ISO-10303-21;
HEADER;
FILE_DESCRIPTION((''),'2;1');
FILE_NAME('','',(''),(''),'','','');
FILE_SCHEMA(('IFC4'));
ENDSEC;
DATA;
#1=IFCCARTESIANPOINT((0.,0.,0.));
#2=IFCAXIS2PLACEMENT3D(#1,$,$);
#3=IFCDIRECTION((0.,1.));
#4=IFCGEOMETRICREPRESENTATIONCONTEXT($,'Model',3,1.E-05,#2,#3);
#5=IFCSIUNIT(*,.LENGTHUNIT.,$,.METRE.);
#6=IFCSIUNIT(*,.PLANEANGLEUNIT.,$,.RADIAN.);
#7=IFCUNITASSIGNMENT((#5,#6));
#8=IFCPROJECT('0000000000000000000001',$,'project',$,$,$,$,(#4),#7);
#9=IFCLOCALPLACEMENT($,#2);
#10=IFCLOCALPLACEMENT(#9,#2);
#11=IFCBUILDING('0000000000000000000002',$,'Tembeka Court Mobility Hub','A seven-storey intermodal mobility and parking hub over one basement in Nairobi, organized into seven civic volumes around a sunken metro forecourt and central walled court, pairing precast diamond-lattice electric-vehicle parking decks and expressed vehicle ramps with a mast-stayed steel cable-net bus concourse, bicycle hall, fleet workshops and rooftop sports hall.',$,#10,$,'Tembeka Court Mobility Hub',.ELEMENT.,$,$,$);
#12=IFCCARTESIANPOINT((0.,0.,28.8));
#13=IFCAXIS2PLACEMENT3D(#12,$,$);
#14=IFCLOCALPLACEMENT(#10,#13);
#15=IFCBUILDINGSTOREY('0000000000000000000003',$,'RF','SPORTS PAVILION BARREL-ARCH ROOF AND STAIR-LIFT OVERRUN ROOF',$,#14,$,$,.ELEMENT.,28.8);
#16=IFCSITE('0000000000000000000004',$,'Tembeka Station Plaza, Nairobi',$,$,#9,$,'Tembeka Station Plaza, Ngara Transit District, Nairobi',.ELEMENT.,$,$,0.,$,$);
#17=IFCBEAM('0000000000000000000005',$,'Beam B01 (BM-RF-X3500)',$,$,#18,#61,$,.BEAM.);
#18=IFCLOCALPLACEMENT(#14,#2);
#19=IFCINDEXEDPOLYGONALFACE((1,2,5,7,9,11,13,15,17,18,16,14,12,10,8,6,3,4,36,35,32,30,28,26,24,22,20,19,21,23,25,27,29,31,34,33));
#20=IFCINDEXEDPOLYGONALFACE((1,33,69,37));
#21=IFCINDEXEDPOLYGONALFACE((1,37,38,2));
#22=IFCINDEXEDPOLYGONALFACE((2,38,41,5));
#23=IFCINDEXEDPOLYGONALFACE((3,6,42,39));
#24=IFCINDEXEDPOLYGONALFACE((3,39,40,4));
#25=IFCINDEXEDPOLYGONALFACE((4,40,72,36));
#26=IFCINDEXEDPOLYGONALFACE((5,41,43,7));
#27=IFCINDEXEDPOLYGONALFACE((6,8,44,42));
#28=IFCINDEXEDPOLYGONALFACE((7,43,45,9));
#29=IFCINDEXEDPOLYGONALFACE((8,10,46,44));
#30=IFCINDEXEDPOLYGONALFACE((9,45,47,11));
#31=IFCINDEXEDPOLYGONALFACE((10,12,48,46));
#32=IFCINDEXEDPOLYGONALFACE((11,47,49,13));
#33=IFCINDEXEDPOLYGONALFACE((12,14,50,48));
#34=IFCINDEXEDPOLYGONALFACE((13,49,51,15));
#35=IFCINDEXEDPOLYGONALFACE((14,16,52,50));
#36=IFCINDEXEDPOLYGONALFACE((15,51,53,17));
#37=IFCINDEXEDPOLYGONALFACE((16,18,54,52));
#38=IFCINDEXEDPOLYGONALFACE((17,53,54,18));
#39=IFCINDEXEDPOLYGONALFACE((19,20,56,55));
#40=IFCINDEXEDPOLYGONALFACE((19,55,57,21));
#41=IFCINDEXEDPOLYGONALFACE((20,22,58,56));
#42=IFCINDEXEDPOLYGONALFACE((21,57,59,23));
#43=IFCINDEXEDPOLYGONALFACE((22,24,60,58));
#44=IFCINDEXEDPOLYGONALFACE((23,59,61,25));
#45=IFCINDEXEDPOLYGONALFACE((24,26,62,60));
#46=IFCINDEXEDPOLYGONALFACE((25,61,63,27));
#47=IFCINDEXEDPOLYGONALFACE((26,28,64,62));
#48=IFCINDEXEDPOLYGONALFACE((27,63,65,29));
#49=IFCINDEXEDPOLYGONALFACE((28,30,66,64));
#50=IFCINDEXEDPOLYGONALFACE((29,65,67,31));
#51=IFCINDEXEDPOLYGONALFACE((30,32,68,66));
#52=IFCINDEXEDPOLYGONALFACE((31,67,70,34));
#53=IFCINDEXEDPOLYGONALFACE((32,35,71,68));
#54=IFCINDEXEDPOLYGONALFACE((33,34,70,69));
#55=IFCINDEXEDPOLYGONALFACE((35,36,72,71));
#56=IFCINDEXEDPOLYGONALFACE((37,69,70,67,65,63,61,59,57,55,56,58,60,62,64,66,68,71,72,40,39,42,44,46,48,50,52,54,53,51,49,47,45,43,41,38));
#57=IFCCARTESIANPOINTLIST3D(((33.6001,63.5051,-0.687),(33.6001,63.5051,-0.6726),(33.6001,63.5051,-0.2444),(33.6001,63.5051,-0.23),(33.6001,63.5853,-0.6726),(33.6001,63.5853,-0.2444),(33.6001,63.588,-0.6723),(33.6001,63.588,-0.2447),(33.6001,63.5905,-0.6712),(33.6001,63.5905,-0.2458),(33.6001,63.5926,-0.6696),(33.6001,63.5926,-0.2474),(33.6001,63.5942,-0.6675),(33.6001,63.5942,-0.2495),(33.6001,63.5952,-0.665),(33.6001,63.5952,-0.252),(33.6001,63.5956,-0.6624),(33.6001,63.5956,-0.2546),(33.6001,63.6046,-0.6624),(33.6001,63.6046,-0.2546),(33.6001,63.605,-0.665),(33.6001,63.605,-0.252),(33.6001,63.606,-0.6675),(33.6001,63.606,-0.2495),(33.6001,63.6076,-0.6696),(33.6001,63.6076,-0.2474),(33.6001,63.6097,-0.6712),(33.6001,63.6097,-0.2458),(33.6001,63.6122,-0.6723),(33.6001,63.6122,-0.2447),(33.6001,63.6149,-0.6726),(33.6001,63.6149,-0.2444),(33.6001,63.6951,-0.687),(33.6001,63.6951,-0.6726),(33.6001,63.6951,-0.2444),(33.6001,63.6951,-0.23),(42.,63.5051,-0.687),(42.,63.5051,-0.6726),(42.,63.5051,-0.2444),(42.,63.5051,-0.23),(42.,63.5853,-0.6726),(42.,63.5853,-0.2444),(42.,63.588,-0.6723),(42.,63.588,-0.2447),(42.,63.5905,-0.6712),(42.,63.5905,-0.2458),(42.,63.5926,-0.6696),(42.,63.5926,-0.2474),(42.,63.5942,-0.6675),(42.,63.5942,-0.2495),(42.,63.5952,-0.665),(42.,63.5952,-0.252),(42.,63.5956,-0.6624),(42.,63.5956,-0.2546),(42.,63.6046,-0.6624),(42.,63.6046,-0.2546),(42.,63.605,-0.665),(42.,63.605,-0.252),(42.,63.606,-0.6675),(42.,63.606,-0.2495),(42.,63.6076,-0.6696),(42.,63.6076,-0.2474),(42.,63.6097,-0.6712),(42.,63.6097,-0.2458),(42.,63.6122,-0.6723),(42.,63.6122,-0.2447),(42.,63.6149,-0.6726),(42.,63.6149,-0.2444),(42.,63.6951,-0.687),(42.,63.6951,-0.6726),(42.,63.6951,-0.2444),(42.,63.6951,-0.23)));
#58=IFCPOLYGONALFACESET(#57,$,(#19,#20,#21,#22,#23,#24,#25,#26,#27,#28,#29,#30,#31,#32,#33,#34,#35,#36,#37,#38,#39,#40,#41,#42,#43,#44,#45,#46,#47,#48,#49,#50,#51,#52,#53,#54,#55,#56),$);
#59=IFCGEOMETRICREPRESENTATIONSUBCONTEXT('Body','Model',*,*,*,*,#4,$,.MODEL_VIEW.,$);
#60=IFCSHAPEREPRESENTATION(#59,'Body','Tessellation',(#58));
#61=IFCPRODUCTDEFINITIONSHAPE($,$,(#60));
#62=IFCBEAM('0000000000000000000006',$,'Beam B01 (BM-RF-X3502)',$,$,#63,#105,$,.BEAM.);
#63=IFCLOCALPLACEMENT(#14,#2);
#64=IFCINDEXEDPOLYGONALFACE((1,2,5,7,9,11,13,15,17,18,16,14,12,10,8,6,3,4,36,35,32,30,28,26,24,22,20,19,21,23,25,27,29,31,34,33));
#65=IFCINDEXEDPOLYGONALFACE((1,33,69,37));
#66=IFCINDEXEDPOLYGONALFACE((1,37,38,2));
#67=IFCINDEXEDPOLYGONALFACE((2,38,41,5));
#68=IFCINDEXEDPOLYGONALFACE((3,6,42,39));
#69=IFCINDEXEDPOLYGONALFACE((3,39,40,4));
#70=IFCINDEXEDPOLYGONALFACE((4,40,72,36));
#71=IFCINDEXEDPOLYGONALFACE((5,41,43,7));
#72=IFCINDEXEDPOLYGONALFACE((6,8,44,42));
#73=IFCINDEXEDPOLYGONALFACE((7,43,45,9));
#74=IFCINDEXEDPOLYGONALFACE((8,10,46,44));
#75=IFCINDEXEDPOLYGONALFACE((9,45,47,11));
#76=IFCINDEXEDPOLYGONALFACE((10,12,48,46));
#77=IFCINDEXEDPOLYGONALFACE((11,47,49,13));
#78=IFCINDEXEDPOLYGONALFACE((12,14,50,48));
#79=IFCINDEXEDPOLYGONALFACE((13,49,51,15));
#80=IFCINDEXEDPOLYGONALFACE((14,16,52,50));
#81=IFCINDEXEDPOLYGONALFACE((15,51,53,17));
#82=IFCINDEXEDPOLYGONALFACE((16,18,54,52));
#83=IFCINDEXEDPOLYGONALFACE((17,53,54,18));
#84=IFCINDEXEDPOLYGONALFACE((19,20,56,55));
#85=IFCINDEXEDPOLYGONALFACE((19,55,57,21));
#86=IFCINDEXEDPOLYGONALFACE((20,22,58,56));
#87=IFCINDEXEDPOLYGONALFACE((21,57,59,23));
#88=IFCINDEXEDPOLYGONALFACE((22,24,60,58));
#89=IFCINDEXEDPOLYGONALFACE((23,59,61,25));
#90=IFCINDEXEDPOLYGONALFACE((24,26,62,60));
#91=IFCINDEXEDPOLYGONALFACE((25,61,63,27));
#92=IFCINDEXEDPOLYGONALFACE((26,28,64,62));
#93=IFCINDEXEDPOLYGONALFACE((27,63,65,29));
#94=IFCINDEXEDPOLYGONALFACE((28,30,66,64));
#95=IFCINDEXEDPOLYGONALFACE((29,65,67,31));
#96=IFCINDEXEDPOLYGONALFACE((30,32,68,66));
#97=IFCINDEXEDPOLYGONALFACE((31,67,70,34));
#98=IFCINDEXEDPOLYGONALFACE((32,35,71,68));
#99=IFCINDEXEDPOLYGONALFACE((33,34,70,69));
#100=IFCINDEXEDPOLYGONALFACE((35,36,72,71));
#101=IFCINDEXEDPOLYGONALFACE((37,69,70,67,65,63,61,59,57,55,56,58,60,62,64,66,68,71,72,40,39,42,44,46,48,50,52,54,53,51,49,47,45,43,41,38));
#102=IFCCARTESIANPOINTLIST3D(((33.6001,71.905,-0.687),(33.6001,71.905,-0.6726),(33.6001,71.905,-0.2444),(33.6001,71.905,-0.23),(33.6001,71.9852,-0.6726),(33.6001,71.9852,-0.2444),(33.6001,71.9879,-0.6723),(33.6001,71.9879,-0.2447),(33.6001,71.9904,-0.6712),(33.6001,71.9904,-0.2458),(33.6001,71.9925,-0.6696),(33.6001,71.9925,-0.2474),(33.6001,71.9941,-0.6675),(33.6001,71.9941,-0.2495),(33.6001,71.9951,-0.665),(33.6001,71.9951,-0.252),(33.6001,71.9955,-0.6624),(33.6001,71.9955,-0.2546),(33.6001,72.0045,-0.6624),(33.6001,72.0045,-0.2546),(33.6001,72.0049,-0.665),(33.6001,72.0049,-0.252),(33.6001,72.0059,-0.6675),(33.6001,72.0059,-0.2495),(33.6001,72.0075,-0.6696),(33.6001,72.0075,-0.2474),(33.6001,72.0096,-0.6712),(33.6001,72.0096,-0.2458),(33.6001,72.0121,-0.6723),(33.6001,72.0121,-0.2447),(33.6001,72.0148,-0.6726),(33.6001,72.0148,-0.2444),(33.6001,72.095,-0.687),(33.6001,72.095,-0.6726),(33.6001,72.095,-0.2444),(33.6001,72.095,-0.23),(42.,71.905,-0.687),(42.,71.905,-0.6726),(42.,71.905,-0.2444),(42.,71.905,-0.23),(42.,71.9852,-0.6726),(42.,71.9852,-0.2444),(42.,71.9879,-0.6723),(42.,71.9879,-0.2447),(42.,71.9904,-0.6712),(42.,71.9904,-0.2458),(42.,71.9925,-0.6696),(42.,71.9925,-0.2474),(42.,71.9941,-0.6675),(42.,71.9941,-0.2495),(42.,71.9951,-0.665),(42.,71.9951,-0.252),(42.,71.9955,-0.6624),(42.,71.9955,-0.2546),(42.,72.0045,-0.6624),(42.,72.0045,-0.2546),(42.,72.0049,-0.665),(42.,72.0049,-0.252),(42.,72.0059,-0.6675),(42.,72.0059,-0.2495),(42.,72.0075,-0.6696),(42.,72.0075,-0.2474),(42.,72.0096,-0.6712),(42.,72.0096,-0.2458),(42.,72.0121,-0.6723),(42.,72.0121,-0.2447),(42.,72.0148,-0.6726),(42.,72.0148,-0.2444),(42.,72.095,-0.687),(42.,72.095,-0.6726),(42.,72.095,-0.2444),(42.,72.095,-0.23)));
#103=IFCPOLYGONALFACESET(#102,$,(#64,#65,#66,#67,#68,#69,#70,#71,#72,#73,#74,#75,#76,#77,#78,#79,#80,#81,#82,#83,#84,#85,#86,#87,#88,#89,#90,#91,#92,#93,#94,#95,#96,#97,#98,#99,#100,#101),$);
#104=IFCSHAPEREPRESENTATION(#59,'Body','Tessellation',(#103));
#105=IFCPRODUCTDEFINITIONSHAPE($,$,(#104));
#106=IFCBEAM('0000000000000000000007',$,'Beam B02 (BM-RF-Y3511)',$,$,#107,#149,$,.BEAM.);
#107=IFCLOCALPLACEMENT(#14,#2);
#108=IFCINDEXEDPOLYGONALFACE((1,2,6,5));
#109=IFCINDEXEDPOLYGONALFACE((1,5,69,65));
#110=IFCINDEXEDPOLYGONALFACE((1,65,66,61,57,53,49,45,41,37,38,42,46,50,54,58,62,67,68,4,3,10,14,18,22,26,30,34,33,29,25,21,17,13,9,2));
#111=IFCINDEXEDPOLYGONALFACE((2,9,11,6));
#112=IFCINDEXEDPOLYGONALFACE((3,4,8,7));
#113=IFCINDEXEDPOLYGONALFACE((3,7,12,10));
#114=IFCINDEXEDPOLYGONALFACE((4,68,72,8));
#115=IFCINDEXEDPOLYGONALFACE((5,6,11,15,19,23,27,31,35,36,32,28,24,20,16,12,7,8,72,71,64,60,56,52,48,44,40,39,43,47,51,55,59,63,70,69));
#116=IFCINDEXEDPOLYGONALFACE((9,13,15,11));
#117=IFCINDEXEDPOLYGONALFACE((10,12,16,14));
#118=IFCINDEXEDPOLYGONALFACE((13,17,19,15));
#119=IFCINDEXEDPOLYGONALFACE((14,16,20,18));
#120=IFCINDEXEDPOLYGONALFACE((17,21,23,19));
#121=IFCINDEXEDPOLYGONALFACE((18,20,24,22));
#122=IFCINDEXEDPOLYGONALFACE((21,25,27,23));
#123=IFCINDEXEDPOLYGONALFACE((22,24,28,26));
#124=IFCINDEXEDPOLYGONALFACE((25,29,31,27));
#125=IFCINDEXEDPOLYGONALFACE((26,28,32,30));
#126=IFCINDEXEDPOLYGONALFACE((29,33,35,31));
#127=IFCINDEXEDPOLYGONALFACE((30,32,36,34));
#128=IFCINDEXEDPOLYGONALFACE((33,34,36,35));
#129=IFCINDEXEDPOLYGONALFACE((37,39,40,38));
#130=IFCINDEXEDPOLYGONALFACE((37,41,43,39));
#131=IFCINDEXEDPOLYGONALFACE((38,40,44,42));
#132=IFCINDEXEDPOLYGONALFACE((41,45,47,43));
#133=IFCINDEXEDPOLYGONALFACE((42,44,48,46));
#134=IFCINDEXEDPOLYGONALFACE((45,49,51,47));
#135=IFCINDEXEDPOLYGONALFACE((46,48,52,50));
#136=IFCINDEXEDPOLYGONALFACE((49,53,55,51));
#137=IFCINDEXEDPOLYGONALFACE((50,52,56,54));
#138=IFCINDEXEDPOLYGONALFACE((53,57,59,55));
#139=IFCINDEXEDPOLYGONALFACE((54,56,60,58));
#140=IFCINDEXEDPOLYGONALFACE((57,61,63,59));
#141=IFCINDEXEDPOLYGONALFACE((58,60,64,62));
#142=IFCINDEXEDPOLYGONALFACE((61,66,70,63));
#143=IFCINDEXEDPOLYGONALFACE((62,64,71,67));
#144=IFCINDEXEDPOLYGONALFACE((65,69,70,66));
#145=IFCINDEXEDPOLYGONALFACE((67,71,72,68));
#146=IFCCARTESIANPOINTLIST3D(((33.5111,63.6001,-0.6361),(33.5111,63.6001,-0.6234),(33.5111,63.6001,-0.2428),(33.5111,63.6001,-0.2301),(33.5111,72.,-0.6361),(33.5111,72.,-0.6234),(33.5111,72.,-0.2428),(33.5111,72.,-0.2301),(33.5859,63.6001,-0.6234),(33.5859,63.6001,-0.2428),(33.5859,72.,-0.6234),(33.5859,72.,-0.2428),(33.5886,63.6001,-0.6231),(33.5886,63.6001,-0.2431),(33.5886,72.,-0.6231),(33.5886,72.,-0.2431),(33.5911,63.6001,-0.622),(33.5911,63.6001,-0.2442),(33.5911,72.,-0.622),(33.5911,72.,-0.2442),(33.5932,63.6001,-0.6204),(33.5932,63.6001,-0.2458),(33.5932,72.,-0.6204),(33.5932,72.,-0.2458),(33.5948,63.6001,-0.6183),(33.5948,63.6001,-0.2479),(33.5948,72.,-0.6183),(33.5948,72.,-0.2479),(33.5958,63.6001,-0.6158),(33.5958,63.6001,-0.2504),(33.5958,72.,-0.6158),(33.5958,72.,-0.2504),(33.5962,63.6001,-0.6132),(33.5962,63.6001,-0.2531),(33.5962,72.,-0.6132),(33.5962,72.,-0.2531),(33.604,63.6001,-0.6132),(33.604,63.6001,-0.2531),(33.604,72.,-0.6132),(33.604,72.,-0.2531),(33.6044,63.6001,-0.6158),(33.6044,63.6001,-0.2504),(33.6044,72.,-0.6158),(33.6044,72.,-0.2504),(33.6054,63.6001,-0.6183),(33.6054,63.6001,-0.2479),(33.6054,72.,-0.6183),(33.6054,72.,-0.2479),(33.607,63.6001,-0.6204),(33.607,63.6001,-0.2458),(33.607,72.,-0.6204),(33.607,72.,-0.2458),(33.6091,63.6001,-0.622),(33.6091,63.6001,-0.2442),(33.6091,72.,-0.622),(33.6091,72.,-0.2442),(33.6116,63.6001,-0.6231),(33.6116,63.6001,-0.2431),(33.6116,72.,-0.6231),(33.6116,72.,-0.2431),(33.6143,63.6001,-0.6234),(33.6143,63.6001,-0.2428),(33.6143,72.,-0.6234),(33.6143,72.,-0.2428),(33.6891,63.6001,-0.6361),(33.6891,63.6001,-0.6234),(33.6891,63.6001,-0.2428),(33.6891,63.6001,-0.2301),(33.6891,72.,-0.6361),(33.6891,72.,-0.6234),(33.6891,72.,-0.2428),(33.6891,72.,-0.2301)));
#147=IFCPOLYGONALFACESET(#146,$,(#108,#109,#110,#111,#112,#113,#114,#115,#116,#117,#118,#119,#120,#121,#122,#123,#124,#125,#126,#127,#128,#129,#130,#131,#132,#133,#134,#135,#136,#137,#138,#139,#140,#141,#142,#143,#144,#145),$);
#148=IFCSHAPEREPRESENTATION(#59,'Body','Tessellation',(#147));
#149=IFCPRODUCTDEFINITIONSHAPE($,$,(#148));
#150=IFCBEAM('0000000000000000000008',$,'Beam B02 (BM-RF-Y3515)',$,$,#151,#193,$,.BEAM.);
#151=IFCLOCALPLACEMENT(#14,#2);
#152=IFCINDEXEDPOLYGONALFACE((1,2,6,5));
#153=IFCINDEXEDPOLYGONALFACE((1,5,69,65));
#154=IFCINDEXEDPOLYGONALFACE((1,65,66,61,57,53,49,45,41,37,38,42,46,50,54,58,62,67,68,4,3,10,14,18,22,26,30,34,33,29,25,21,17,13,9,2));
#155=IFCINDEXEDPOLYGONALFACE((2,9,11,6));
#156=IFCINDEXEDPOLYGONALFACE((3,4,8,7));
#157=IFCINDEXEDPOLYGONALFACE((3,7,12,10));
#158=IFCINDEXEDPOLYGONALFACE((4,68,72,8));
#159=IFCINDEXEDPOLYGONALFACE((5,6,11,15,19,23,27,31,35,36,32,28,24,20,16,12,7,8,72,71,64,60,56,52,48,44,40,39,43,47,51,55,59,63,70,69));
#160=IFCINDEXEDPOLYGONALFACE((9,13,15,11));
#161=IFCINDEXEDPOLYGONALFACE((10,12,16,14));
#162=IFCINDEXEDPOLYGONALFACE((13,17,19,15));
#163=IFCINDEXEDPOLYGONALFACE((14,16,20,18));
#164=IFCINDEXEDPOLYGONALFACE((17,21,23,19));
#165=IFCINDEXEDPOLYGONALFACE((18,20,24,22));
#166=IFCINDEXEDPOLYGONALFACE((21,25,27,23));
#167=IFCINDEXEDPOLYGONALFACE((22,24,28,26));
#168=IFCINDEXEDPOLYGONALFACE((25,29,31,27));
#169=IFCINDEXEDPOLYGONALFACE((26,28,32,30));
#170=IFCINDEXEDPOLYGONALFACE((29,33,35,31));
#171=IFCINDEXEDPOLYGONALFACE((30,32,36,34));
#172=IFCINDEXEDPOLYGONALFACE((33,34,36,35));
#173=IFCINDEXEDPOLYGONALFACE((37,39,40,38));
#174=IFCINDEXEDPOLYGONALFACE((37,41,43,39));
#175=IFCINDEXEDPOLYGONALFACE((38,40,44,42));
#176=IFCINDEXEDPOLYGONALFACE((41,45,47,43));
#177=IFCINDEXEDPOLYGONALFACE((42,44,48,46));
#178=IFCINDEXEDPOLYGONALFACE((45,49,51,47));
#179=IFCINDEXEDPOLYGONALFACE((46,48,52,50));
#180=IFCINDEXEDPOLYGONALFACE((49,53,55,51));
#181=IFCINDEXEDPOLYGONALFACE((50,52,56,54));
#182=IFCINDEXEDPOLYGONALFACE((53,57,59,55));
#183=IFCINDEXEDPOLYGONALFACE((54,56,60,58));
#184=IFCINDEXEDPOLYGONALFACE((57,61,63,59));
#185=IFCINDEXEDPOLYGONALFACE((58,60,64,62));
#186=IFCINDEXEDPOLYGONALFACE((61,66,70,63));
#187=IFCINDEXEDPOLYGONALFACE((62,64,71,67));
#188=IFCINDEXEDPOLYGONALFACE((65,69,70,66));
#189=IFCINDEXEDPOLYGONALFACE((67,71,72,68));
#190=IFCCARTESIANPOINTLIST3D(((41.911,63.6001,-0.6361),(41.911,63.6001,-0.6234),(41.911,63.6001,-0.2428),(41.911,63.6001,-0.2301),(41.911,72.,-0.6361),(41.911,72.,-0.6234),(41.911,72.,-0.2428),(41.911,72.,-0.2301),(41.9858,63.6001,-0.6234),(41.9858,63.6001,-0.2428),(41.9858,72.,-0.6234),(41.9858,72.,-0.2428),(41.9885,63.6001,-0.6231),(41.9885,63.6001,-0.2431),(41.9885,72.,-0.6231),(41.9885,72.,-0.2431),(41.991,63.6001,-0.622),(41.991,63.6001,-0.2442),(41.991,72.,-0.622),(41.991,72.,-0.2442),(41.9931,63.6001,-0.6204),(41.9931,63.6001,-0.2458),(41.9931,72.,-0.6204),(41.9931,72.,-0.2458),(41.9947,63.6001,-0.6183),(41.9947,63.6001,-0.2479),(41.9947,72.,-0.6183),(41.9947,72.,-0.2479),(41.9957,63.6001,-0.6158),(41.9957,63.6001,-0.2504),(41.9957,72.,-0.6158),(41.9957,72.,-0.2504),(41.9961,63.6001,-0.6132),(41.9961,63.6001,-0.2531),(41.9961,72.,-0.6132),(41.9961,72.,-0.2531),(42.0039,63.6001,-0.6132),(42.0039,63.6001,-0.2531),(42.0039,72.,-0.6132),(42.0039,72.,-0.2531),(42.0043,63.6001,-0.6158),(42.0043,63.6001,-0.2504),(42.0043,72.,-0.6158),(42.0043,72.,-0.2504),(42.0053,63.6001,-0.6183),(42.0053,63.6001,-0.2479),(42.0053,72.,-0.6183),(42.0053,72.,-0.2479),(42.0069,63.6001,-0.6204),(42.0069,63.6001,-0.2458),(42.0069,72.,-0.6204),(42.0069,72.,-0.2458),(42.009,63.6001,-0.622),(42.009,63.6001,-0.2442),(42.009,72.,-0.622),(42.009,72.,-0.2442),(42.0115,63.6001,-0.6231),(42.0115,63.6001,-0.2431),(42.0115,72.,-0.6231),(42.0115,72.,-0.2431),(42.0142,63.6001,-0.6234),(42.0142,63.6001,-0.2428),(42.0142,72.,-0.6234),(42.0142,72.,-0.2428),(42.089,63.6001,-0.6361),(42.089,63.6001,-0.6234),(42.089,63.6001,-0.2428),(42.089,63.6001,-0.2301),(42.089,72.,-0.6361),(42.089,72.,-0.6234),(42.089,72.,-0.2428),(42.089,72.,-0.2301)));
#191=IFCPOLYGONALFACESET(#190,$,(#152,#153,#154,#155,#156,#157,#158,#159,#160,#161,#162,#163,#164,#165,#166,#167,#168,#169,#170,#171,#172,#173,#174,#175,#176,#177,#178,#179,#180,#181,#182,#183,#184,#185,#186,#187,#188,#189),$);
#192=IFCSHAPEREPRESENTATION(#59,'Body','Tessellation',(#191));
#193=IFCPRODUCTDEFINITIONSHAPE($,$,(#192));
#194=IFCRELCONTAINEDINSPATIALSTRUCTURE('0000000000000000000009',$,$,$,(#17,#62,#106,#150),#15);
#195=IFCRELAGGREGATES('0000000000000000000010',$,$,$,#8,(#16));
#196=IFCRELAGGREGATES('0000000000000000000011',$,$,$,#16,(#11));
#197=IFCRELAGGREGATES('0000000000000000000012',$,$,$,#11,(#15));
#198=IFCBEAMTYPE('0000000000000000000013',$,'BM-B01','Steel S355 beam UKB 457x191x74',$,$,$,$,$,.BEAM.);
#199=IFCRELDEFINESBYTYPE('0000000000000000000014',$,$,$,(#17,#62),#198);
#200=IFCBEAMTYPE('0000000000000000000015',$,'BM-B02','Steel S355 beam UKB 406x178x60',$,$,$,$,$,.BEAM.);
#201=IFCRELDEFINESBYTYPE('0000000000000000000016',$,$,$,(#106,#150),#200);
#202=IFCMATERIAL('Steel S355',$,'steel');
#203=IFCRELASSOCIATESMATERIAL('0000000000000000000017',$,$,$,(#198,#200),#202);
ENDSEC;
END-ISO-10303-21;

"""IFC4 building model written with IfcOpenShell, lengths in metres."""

from ifc_helpers import new_model, si_unit, direction, frame, origin, origin_2d, place, context, subcontext, project, spatial, i_section, extrude, material, material_profile, profile_set, type_object, element, save


model = new_model("IFC4")

# Units and contexts
model_context = context("Model", 3, precision=1e-05, world=origin(), true_north=direction((0.0, 1.0)))
body_context = subcontext(model_context, "Body", "Model", "MODEL_VIEW")
ifc_project = project(units=[si_unit("LENGTHUNIT", "METRE"), si_unit("PLANEANGLEUNIT", "RADIAN")], contexts=[model_context])

# Site, building, storey
site_placement = place(None, origin())
site = spatial("IfcSite", under=ifc_project, at=site_placement, Name="Tembeka Station Plaza, Nairobi", LongName="Tembeka Station Plaza, Ngara Transit District, Nairobi", CompositionType="ELEMENT", RefElevation=0.0)
building_placement = place(site_placement, origin())
building = spatial("IfcBuilding", under=site, at=building_placement, Name="Tembeka Court Mobility Hub", Description="A seven-storey intermodal mobility and parking hub over one basement in Nairobi, organized into seven civic volumes around a sunken metro forecourt and central walled court, pairing precast diamond-lattice electric-vehicle parking decks and expressed vehicle ramps with a mast-stayed steel cable-net bus concourse, bicycle hall, fleet workshops and rooftop sports hall.", LongName="Tembeka Court Mobility Hub", CompositionType="ELEMENT")
storey_placement = place(building_placement, frame((0.0, 0.0, 28.8)))
storey = spatial("IfcBuildingStorey", under=building, at=storey_placement, Name="RF", Description="SPORTS PAVILION BARREL-ARCH ROOF AND STAIR-LIFT OVERRUN ROOF", CompositionType="ELEMENT", Elevation=28.8)

# Beams
ifc_material_1 = material(Name="Steel S355", Category="steel")
ifc_material_profile_1 = material_profile(ifc_material_1, i_section(OverallWidth=0.1899, OverallDepth=0.457, WebThickness=0.009, FlangeThickness=0.0144, FilletRadius=0.0103, at=origin_2d()), Name="UKB 457x191x74")
ifc_profile_set_1 = profile_set([ifc_material_profile_1], Name="Steel S355")
beam_type_1 = type_object("IfcBeamType", Name="BM-B01", Description="Steel S355 beam UKB 457x191x74", PredefinedType="BEAM", material=ifc_profile_set_1)
for number, where, z_axis, x_axis, name in (
    (1, (33.6001, 63.6001, -0.4585), (1.0, 0.0, 0.0), (0.0, 1.0, 0.0), "Beam B01 (BM-RF-X3500)"),
    (2, (33.6001, 72.0, -0.4585), (1.0, 0.0, 0.0), (0.0, 1.0, 0.0), "Beam B01 (BM-RF-X3502)"),
):
    element("IfcBeam", number, at=place(storey_placement, frame(where, z_axis=z_axis, x_axis=x_axis)), inside=storey, type_object=beam_type_1, Name=name, PredefinedType="BEAM", context=body_context, shape_type="SweptSolid", body=[
        extrude(i_section(OverallWidth=0.1899, OverallDepth=0.457, WebThickness=0.009, FlangeThickness=0.0144, FilletRadius=0.0103, at=origin_2d()), origin(), (0.0, 0.0, 1.0), 8.3999),
    ])
ifc_material_profile_2 = material_profile(ifc_material_1, i_section(OverallWidth=0.178, OverallDepth=0.406, WebThickness=0.0078, FlangeThickness=0.0127, FilletRadius=0.0103, at=origin_2d()), Name="UKB 406x178x60")
ifc_profile_set_2 = profile_set([ifc_material_profile_2], Name="Steel S355")
beam_type_2 = type_object("IfcBeamType", Name="BM-B02", Description="Steel S355 beam UKB 406x178x60", PredefinedType="BEAM", material=ifc_profile_set_2)
for number, where, z_axis, x_axis, name in (
    (3, (33.6001, 63.6001, -0.4331), (0.0, 1.0, 0.0), (-1.0, 0.0, 0.0), "Beam B02 (BM-RF-Y3511)"),
    (4, (42.0, 63.6001, -0.4331), (0.0, 1.0, 0.0), (-1.0, 0.0, 0.0), "Beam B02 (BM-RF-Y3515)"),
):
    element("IfcBeam", number, at=place(storey_placement, frame(where, z_axis=z_axis, x_axis=x_axis)), inside=storey, type_object=beam_type_2, Name=name, PredefinedType="BEAM", context=body_context, shape_type="SweptSolid", body=[
        extrude(i_section(OverallWidth=0.178, OverallDepth=0.406, WebThickness=0.0078, FlangeThickness=0.0127, FilletRadius=0.0103, at=origin_2d()), origin(), (0.0, 0.0, 1.0), 8.3999),
    ])

save(model, "model.ifc")
